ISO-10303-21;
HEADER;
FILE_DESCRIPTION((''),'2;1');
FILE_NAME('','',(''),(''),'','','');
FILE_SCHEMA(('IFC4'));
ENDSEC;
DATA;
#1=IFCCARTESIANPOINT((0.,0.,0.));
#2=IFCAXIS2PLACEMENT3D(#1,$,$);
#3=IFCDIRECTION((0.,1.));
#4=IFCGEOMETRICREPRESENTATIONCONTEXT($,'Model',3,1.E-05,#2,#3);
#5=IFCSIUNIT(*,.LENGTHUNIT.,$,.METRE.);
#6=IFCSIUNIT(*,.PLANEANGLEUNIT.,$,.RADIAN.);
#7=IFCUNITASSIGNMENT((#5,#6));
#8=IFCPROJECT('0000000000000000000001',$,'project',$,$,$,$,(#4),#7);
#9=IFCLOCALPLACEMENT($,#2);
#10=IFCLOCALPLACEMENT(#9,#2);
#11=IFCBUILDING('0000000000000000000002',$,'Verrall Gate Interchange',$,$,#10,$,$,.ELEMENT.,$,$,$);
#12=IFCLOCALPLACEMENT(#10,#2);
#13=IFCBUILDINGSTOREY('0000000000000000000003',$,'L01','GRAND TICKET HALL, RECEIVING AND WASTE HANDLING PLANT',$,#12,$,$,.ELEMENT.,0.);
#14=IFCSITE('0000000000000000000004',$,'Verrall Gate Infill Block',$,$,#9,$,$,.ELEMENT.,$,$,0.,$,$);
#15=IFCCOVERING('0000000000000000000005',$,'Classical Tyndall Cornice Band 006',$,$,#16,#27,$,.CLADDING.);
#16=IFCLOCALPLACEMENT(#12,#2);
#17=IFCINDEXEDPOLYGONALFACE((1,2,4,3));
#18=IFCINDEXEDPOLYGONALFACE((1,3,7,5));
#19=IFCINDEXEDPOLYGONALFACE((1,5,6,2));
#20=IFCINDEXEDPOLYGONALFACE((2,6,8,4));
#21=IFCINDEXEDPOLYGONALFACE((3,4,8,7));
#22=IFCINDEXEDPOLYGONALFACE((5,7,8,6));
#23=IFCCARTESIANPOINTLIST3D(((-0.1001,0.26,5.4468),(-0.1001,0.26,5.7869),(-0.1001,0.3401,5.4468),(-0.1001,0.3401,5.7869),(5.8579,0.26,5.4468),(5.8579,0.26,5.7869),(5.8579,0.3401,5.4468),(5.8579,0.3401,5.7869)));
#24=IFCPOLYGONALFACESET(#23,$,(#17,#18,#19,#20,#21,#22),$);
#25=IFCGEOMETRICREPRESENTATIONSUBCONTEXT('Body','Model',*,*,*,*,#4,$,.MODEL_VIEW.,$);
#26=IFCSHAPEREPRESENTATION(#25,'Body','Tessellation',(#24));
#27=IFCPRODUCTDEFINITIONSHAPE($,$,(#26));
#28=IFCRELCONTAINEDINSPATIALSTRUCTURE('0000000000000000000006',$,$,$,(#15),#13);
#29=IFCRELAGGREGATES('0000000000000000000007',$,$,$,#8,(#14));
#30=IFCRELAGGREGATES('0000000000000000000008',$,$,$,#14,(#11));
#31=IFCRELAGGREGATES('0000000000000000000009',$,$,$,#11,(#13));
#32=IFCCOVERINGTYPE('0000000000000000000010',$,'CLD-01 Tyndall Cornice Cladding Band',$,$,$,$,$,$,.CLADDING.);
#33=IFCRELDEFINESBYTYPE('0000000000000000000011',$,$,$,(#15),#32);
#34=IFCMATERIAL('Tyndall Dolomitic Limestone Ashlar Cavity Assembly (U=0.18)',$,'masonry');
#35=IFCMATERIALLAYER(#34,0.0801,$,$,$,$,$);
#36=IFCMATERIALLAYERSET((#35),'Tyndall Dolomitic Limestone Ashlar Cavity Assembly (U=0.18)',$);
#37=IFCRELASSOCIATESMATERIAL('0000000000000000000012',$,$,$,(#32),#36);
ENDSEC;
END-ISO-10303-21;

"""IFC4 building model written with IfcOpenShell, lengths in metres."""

from ifc_helpers import new_model, si_unit, direction, frame, origin, origin_2d, place, context, subcontext, project, spatial, rectangle, extrude, material, layer, layer_set, type_object, element, save


model = new_model("IFC4")

# Units and contexts
model_context = context("Model", 3, precision=1e-05, world=origin(), true_north=direction((0.0, 1.0)))
body_context = subcontext(model_context, "Body", "Model", "MODEL_VIEW")
ifc_project = project(units=[si_unit("LENGTHUNIT", "METRE"), si_unit("PLANEANGLEUNIT", "RADIAN")], contexts=[model_context])

# Site, building, storey
site_placement = place(None, origin())
site = spatial("IfcSite", under=ifc_project, at=site_placement, Name="Verrall Gate Infill Block", CompositionType="ELEMENT", RefElevation=0.0)
building_placement = place(site_placement, origin())
building = spatial("IfcBuilding", under=site, at=building_placement, Name="Verrall Gate Interchange", CompositionType="ELEMENT")
storey_placement = place(building_placement, origin())
storey = spatial("IfcBuildingStorey", under=building, at=storey_placement, Name="L01", Description="GRAND TICKET HALL, RECEIVING AND WASTE HANDLING PLANT", CompositionType="ELEMENT", Elevation=0.0)

# Covering
ifc_material_1 = material(Name="Tyndall Dolomitic Limestone Ashlar Cavity Assembly (U=0.18)", Category="masonry")
ifc_layer_1 = layer(ifc_material_1, 0.0801)
ifc_layer_set_1 = layer_set([ifc_layer_1], Name="Tyndall Dolomitic Limestone Ashlar Cavity Assembly (U=0.18)")
covering_type = type_object("IfcCoveringType", Name="CLD-01 Tyndall Cornice Cladding Band", PredefinedType="CLADDING", material=ifc_layer_set_1)
covering_placement = place(storey_placement, frame((2.8789, 0.3, 5.4468), z_axis=(0.0, 0.0, 1.0), x_axis=(-1.0, 0.0, 0.0)))
element("IfcCovering", 1, at=covering_placement, inside=storey, type_object=covering_type, Name="Classical Tyndall Cornice Band 006", PredefinedType="CLADDING", context=body_context, shape_type="SweptSolid", body=[
    extrude(rectangle(XDim=5.958, YDim=0.0801, at=origin_2d()), origin(), (0.0, 0.0, 1.0), 0.3401),
])

save(model, "model.ifc")
